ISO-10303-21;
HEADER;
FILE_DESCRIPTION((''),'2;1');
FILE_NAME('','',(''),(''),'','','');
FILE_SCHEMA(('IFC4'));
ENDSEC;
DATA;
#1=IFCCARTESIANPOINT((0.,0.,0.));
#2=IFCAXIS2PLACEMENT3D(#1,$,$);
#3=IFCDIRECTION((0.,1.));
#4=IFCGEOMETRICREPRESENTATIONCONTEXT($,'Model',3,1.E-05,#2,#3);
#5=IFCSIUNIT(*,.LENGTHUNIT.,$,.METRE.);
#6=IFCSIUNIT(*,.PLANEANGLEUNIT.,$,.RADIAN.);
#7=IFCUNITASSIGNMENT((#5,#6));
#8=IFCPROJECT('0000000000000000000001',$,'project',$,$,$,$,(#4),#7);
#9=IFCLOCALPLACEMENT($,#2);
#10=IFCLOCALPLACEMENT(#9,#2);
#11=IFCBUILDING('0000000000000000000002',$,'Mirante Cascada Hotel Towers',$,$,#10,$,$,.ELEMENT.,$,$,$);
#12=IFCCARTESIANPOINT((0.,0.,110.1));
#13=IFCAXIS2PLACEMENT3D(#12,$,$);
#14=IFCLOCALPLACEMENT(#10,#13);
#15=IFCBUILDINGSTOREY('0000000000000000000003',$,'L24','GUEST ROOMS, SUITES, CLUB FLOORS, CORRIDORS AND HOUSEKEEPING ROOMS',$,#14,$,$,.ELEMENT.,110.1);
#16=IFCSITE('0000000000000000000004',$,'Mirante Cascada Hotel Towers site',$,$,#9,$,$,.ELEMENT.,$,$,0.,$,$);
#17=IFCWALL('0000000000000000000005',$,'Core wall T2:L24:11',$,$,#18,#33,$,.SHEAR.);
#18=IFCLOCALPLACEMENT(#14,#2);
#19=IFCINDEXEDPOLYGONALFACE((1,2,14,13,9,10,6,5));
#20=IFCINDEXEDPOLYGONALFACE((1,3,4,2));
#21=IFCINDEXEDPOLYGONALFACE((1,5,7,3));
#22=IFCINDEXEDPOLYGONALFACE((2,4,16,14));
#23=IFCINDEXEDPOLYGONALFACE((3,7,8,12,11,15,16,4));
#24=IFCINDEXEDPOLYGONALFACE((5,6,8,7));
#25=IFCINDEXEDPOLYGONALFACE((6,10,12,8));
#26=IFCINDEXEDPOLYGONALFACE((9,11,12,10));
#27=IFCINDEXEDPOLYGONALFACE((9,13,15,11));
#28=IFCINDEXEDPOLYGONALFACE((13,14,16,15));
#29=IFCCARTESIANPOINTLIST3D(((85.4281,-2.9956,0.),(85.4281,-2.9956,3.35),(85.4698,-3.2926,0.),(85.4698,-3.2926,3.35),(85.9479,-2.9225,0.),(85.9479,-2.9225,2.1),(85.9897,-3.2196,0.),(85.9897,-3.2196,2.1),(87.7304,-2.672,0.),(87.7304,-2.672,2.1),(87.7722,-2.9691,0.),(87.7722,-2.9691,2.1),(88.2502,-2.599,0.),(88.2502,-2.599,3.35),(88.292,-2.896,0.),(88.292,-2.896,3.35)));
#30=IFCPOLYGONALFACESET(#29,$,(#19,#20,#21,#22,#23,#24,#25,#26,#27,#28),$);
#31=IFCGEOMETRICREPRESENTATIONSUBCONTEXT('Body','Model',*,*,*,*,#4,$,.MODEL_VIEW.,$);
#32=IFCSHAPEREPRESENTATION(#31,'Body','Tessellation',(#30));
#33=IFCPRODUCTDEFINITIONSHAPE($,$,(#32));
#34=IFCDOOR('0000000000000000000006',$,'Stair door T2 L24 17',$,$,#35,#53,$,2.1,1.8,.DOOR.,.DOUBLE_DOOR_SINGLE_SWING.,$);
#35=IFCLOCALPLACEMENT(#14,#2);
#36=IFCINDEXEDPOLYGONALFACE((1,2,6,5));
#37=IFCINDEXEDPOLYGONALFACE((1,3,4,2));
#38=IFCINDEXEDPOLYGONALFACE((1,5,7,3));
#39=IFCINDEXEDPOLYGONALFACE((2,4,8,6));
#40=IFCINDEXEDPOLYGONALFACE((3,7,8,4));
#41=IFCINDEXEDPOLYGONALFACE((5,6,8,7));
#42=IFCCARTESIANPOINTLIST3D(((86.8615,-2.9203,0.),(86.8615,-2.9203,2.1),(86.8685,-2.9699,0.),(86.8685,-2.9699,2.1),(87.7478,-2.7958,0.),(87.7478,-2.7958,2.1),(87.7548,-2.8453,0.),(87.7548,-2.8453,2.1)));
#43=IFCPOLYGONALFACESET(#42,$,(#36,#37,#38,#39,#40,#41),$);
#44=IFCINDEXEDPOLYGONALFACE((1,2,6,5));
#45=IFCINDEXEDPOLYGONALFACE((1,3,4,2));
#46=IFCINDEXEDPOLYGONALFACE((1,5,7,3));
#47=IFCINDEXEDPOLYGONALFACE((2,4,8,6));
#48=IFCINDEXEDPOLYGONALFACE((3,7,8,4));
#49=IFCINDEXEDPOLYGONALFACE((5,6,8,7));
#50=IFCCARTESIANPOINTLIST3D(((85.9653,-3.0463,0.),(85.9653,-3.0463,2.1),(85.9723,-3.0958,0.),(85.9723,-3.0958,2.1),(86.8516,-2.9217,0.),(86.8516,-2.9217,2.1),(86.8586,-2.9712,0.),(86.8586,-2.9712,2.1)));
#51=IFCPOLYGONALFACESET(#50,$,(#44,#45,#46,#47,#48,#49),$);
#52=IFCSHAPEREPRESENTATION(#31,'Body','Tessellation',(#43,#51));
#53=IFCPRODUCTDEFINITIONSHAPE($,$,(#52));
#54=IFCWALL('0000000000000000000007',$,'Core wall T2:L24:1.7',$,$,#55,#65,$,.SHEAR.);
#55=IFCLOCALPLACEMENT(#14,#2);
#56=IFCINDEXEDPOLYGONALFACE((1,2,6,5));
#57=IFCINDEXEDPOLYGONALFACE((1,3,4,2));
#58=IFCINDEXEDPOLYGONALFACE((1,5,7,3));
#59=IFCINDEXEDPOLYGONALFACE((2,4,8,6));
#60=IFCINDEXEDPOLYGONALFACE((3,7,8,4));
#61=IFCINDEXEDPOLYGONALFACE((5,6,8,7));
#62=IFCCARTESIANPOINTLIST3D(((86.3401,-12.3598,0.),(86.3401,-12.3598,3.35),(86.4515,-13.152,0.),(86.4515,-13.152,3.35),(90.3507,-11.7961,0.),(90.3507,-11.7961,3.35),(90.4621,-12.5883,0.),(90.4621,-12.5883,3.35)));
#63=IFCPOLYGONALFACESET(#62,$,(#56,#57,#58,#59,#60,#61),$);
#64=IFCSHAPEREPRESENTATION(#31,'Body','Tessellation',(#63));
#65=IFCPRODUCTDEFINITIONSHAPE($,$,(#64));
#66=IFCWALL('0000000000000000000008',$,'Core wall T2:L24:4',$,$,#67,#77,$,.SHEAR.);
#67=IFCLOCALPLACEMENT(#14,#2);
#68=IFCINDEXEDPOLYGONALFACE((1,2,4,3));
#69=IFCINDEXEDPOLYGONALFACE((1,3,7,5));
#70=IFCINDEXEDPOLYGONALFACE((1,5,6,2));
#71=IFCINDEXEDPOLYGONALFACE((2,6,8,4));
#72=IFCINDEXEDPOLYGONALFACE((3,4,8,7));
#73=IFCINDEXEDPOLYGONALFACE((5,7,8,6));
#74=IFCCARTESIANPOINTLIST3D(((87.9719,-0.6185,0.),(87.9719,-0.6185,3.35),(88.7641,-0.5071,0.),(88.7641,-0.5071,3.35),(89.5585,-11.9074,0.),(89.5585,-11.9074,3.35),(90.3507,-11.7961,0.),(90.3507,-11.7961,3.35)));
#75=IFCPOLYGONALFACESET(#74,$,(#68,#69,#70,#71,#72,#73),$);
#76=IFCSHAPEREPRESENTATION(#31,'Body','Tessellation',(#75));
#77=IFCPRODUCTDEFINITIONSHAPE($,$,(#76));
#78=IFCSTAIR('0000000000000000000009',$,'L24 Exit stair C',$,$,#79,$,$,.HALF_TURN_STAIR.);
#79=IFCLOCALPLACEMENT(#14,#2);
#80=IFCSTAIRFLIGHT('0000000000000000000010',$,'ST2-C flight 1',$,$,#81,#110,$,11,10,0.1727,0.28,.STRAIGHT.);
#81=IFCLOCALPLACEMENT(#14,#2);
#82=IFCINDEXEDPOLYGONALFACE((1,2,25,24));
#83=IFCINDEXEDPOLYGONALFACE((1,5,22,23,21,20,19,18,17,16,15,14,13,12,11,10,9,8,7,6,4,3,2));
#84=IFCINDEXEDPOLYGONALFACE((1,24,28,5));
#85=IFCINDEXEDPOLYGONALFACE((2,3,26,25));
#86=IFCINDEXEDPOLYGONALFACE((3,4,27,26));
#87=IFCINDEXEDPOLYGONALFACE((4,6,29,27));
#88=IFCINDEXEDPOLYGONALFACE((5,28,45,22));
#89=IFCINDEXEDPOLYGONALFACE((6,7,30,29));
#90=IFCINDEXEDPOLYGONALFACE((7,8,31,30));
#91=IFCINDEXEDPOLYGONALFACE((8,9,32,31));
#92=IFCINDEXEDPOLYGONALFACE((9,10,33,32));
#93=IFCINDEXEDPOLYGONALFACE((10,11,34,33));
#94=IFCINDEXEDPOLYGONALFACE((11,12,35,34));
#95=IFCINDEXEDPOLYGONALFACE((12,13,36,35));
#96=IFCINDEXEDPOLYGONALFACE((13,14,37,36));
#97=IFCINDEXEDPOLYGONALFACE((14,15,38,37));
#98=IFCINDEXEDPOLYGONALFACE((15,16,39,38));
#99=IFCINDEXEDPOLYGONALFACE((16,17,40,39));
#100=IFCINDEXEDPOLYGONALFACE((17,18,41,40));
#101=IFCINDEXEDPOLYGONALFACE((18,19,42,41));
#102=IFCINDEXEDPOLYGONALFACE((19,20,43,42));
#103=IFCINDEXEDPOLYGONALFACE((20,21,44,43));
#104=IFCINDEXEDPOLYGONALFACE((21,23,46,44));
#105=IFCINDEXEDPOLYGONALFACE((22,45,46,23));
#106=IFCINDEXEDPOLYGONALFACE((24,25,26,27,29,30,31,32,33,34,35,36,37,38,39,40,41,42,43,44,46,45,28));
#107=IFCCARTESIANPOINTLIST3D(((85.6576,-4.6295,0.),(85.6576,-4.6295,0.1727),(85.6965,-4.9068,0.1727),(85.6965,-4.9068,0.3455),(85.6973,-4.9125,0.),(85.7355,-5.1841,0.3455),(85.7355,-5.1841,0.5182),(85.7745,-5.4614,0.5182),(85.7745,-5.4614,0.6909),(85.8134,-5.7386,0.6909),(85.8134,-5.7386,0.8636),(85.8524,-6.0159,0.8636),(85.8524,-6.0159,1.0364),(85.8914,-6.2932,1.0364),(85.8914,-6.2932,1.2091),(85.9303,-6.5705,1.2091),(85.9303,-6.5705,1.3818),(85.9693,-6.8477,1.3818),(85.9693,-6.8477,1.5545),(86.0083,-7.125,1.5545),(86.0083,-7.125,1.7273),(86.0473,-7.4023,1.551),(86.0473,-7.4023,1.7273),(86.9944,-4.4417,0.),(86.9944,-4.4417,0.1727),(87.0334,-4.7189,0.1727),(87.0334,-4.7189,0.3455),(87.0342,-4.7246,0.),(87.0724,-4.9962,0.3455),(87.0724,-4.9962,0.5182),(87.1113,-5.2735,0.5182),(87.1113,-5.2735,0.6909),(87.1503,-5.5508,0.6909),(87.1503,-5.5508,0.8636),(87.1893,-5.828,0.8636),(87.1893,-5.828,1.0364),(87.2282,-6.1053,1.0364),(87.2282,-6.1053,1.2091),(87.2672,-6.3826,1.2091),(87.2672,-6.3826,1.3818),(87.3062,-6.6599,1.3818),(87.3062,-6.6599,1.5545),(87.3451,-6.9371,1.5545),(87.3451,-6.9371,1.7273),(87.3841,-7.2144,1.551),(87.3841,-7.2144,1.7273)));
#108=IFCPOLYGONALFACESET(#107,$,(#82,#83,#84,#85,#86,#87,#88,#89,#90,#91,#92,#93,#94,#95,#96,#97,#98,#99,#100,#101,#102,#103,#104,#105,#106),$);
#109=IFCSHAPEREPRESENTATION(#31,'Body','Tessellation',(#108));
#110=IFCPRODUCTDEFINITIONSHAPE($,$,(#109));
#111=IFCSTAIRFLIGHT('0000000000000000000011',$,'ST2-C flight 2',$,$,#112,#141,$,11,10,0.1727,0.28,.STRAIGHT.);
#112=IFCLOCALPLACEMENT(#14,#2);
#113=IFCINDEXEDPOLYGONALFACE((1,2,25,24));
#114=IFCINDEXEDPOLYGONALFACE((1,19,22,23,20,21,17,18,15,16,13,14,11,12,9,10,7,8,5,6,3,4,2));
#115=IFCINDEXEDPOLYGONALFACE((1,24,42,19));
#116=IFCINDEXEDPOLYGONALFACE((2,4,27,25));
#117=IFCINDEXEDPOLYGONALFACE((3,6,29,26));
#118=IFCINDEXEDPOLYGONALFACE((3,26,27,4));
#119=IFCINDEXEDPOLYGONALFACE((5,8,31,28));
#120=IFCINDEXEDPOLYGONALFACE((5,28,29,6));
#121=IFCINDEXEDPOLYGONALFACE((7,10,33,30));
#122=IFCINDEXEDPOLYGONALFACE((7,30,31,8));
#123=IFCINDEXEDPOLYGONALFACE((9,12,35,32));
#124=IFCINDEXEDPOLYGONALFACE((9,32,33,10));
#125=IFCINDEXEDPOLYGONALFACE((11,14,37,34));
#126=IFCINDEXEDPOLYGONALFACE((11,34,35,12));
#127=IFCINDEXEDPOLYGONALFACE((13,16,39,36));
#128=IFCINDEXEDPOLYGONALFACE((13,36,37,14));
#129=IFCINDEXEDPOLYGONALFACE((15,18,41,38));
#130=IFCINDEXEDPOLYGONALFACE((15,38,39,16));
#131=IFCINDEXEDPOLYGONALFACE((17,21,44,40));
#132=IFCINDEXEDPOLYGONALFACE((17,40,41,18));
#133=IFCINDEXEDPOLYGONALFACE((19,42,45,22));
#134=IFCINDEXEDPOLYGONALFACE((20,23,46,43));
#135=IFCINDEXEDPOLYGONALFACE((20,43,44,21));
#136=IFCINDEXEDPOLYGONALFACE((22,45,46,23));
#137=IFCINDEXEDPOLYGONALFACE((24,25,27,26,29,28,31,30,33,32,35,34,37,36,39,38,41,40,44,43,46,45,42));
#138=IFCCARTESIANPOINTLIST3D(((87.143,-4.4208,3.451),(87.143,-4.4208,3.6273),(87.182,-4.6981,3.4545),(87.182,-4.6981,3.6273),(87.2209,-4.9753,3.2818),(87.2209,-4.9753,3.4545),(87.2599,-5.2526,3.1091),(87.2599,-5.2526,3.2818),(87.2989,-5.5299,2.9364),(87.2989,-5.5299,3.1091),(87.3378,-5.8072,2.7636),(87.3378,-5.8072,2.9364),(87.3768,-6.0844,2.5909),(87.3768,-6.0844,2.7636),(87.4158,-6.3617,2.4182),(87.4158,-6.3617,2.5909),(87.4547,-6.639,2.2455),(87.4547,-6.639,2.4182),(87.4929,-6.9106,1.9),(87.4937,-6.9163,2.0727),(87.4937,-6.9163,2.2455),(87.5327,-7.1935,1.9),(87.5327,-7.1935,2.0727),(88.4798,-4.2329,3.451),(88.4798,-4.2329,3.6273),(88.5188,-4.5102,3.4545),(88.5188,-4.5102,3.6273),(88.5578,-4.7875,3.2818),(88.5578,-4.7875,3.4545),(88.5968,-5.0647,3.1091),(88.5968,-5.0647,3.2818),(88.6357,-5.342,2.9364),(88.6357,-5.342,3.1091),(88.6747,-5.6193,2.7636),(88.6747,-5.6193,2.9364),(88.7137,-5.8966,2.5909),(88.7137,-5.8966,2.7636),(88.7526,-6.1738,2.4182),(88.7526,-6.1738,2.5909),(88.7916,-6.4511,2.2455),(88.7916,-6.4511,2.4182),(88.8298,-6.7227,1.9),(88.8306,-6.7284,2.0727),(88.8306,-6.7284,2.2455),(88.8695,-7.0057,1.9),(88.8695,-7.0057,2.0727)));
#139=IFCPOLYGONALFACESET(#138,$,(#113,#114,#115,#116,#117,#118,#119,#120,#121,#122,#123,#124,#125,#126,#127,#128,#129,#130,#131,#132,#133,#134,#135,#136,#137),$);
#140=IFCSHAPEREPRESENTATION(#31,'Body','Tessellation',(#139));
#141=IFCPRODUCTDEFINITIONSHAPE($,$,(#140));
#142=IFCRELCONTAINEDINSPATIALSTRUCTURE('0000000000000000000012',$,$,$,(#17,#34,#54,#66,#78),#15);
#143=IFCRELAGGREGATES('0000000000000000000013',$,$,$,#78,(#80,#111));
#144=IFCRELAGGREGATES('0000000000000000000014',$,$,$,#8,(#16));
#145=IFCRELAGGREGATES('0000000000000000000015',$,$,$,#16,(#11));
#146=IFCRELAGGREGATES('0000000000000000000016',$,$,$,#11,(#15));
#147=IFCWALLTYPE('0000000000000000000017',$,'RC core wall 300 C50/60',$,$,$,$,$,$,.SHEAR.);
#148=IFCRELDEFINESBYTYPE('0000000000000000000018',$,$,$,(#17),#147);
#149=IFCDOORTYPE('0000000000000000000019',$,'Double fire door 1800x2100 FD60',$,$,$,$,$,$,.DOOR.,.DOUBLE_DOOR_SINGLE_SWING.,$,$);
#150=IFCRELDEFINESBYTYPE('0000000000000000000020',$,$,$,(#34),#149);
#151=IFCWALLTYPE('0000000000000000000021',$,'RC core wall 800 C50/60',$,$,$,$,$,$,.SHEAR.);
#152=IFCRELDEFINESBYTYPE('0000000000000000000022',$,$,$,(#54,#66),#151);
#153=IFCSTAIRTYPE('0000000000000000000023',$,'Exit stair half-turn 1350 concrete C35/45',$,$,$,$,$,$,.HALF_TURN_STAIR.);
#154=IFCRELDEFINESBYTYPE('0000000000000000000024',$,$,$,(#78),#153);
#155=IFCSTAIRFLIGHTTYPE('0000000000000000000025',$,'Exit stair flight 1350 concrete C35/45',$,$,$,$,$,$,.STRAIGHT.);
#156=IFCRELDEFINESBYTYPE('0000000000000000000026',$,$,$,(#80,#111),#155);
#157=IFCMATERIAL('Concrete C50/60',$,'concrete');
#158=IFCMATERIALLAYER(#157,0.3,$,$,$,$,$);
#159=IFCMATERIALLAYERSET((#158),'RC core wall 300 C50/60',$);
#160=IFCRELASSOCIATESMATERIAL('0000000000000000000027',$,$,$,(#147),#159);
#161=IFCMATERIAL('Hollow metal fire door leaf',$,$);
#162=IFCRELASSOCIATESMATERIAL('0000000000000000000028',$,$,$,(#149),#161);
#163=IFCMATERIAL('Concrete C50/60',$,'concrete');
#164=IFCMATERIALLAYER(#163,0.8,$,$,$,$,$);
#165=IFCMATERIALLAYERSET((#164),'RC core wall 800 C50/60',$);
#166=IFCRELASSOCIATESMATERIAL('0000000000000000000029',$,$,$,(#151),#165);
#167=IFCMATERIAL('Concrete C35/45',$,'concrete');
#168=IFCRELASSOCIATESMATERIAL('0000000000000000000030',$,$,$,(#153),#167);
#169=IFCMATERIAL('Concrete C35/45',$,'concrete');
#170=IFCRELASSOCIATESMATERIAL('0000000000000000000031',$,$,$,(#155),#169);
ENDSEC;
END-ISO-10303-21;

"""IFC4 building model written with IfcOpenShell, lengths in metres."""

from ifc_helpers import new_model, si_unit, direction, frame, frame_2d, origin, place, context, subcontext, project, spatial, polyline, rectangle, outline, extrude, material, layer, layer_set, type_object, element, fill, aggregate, save


model = new_model("IFC4")

# Units and contexts
model_context = context("Model", 3, precision=1e-05, world=origin(), true_north=direction((0.0, 1.0)))
body_context = subcontext(model_context, "Body", "Model", "MODEL_VIEW")
ifc_project = project(units=[si_unit("LENGTHUNIT", "METRE"), si_unit("PLANEANGLEUNIT", "RADIAN")], contexts=[model_context])

# Site, building, storey
site_placement = place(None, origin())
site = spatial("IfcSite", under=ifc_project, at=site_placement, Name="Mirante Cascada Hotel Towers site", CompositionType="ELEMENT", RefElevation=0.0)
building_placement = place(site_placement, origin())
building = spatial("IfcBuilding", under=site, at=building_placement, Name="Mirante Cascada Hotel Towers", CompositionType="ELEMENT")
storey_placement = place(building_placement, frame((0.0, 0.0, 110.1)))
storey = spatial("IfcBuildingStorey", under=building, at=storey_placement, Name="L24", Description="GUEST ROOMS, SUITES, CLUB FLOORS, CORRIDORS AND HOUSEKEEPING ROOMS", CompositionType="ELEMENT", Elevation=110.1)

# Shared definitions
ifc_material_1 = material(Name="Concrete C50/60", Category="concrete")
ifc_layer_1 = layer(ifc_material_1, 0.3)
ifc_layer_set_1 = layer_set([ifc_layer_1], Name="RC core wall 300 C50/60")
wall_type_1 = type_object("IfcWallType", Name="RC core wall 300 C50/60", PredefinedType="SHEAR", material=ifc_layer_set_1)

# Wall, opening, door
wall_1_placement = place(storey_placement, frame((85.4489, -3.1441, 0.0), z_axis=(0.0, 0.0, 1.0), x_axis=(0.99027, 0.139161, 0.0)))
wall_1 = element("IfcWall", 1, at=wall_1_placement, inside=storey, type_object=wall_type_1, Name="Core wall T2:L24:11", PredefinedType="SHEAR", context=body_context, shape_type="SweptSolid", body=[
    extrude(rectangle(XDim=2.8499, YDim=0.3, at=frame_2d((1.425, 0.0))), origin(), (0.0, 0.0, 1.0), 3.35),
])
opening_1_placement = place(wall_1_placement, frame((0.525, 0.0, 0.0)))
opening_1 = element("IfcOpeningElement", 2, at=opening_1_placement, cuts=wall_1, PredefinedType="OPENING", context=body_context, shape_type="SweptSolid", body=[
    extrude(rectangle(XDim=1.8, YDim=2.1, at=frame_2d((0.9, 1.05))), frame((0.0, 0.15, 0.0), z_axis=(0.0, -1.0, 0.0), x_axis=(1.0, 0.0, 0.0)), (0.0, 0.0, 1.0), 0.3),
])
ifc_material_2 = material(Name="Hollow metal fire door leaf")
door_type_1 = type_object("IfcDoorType", Name="Double fire door 1800x2100 FD60", OperationType="DOUBLE_DOOR_SINGLE_SWING", PredefinedType="DOOR", material=ifc_material_2)
door_1_placement = place(opening_1_placement, frame((1.8, 0.0, 0.0), z_axis=(0.0, 0.0, 1.0), x_axis=(-1.0, 0.0, 0.0)))
door_1 = element("IfcDoor", 3, at=door_1_placement, inside=storey, type_object=door_type_1, Name="Stair door T2 L24 17", OperationType="DOUBLE_DOOR_SINGLE_SWING", OverallHeight=2.1, OverallWidth=1.8, PredefinedType="DOOR", context=body_context, shape_type="SweptSolid", body=[
    extrude(rectangle(XDim=0.895, YDim=2.1, at=frame_2d((0.4475, 1.05))), frame((0.0, 0.025, 0.0), z_axis=(0.0, -1.0, 0.0), x_axis=(1.0, 0.0, 0.0)), (0.0, 0.0, 1.0), 0.05),
    extrude(rectangle(XDim=0.895, YDim=2.1, at=frame_2d((1.3525, 1.05))), frame((0.0, 0.025, 0.0), z_axis=(0.0, -1.0, 0.0), x_axis=(1.0, 0.0, 0.0)), (0.0, 0.0, 1.0), 0.05),
])
fill(opening_1, door_1)

# Walls
ifc_material_3 = material(Name="Concrete C50/60", Category="concrete")
ifc_layer_2 = layer(ifc_material_3, 0.8)
ifc_layer_set_2 = layer_set([ifc_layer_2], Name="RC core wall 800 C50/60")
wall_type_2 = type_object("IfcWallType", Name="RC core wall 800 C50/60", PredefinedType="SHEAR", material=ifc_layer_set_2)
wall_2_placement = place(storey_placement, frame((86.3958, -12.7559, 0.0), z_axis=(0.0, 0.0, 1.0), x_axis=(0.990267, 0.139184, 0.0)))
element("IfcWall", 4, at=wall_2_placement, inside=storey, type_object=wall_type_2, Name="Core wall T2:L24:1.7", PredefinedType="SHEAR", context=body_context, shape_type="SweptSolid", body=[
    extrude(rectangle(XDim=4.05, YDim=0.8, at=frame_2d((2.025, 0.0))), origin(), (0.0, 0.0, 1.0), 3.35),
])
wall_3_placement = place(storey_placement, frame((89.9546, -11.8518, 0.0), z_axis=(0.0, 0.0, 1.0), x_axis=(-0.139176, 0.990268, 0.0)))
element("IfcWall", 5, at=wall_3_placement, inside=storey, type_object=wall_type_2, Name="Core wall T2:L24:4", PredefinedType="SHEAR", context=body_context, shape_type="SweptSolid", body=[
    extrude(rectangle(XDim=11.3999, YDim=0.8, at=frame_2d((5.7, 0.0))), origin(), (0.0, 0.0, 1.0), 3.35),
])

# Stair, stair flights
ifc_material_4 = material(Name="Concrete C35/45", Category="concrete")
stair_type = type_object("IfcStairType", Name="Exit stair half-turn 1350 concrete C35/45", PredefinedType="HALF_TURN_STAIR", material=ifc_material_4)
stair_placement = place(storey_placement, origin())
stair = element("IfcStair", 6, at=stair_placement, inside=storey, type_object=stair_type, Name="L24 Exit stair C", PredefinedType="HALF_TURN_STAIR")
ifc_material_5 = material(Name="Concrete C35/45", Category="concrete")
stair_flight_type = type_object("IfcStairFlightType", Name="Exit stair flight 1350 concrete C35/45", PredefinedType="STRAIGHT", material=ifc_material_5)
stair_flight_1_placement = place(storey_placement, frame((86.326, -4.5356, 0.0), z_axis=(0.0, 0.0, 1.0), x_axis=(0.139173, -0.990268, 0.0)))
stair_flight_1 = element("IfcStairFlight", 7, at=stair_flight_1_placement, type_object=stair_flight_type, Name="ST2-C flight 1", NumberOfRisers=11, NumberOfTreads=10, PredefinedType="STRAIGHT", RiserHeight=0.1727, TreadLength=0.28, context=body_context, shape_type="SweptSolid", body=[
    extrude(outline(polyline([(0.0, 0.0), (0.0, 0.1727), (0.28, 0.1727), (0.28, 0.3455), (0.56, 0.3455), (0.56, 0.5182), (0.84, 0.5182), (0.84, 0.6909), (1.12, 0.6909), (1.12, 0.8636), (1.4, 0.8636), (1.4, 1.0364), (1.68, 1.0364), (1.68, 1.2091), (1.96, 1.2091), (1.96, 1.3818), (2.24, 1.3818), (2.24, 1.5545), (2.52, 1.5545), (2.52, 1.7273), (2.8, 1.7273), (2.8, 1.9), (2.8, 1.551), (0.2857, 0.0), (0.0, 0.0)])), frame((0.0, 0.675, 0.0), z_axis=(0.0, -1.0, 0.0), x_axis=(1.0, 0.0, 0.0)), (0.0, 0.0, 1.0), 1.35),
])
stair_flight_2_placement = place(storey_placement, frame((88.2011, -7.0996, 1.9), z_axis=(0.0, 0.0, 1.0), x_axis=(-0.139173, 0.990268, 0.0)))
stair_flight_2 = element("IfcStairFlight", 8, at=stair_flight_2_placement, type_object=stair_flight_type, Name="ST2-C flight 2", NumberOfRisers=11, NumberOfTreads=10, PredefinedType="STRAIGHT", RiserHeight=0.1727, TreadLength=0.28, context=body_context, shape_type="SweptSolid", body=[
    extrude(outline(polyline([(0.0, 0.0), (0.0, 0.1727), (0.28, 0.1727), (0.28, 0.3455), (0.56, 0.3455), (0.56, 0.5182), (0.84, 0.5182), (0.84, 0.6909), (1.12, 0.6909), (1.12, 0.8636), (1.4, 0.8636), (1.4, 1.0364), (1.68, 1.0364), (1.68, 1.2091), (1.96, 1.2091), (1.96, 1.3818), (2.24, 1.3818), (2.24, 1.5545), (2.52, 1.5545), (2.52, 1.7273), (2.8, 1.7273), (2.8, 1.9), (2.8, 1.551), (0.2857, 0.0), (0.0, 0.0)])), frame((0.0, 0.675, 0.0), z_axis=(0.0, -1.0, 0.0), x_axis=(1.0, 0.0, 0.0)), (0.0, 0.0, 1.0), 1.35),
])
aggregate(stair, [stair_flight_1, stair_flight_2])

save(model, "model.ifc")
